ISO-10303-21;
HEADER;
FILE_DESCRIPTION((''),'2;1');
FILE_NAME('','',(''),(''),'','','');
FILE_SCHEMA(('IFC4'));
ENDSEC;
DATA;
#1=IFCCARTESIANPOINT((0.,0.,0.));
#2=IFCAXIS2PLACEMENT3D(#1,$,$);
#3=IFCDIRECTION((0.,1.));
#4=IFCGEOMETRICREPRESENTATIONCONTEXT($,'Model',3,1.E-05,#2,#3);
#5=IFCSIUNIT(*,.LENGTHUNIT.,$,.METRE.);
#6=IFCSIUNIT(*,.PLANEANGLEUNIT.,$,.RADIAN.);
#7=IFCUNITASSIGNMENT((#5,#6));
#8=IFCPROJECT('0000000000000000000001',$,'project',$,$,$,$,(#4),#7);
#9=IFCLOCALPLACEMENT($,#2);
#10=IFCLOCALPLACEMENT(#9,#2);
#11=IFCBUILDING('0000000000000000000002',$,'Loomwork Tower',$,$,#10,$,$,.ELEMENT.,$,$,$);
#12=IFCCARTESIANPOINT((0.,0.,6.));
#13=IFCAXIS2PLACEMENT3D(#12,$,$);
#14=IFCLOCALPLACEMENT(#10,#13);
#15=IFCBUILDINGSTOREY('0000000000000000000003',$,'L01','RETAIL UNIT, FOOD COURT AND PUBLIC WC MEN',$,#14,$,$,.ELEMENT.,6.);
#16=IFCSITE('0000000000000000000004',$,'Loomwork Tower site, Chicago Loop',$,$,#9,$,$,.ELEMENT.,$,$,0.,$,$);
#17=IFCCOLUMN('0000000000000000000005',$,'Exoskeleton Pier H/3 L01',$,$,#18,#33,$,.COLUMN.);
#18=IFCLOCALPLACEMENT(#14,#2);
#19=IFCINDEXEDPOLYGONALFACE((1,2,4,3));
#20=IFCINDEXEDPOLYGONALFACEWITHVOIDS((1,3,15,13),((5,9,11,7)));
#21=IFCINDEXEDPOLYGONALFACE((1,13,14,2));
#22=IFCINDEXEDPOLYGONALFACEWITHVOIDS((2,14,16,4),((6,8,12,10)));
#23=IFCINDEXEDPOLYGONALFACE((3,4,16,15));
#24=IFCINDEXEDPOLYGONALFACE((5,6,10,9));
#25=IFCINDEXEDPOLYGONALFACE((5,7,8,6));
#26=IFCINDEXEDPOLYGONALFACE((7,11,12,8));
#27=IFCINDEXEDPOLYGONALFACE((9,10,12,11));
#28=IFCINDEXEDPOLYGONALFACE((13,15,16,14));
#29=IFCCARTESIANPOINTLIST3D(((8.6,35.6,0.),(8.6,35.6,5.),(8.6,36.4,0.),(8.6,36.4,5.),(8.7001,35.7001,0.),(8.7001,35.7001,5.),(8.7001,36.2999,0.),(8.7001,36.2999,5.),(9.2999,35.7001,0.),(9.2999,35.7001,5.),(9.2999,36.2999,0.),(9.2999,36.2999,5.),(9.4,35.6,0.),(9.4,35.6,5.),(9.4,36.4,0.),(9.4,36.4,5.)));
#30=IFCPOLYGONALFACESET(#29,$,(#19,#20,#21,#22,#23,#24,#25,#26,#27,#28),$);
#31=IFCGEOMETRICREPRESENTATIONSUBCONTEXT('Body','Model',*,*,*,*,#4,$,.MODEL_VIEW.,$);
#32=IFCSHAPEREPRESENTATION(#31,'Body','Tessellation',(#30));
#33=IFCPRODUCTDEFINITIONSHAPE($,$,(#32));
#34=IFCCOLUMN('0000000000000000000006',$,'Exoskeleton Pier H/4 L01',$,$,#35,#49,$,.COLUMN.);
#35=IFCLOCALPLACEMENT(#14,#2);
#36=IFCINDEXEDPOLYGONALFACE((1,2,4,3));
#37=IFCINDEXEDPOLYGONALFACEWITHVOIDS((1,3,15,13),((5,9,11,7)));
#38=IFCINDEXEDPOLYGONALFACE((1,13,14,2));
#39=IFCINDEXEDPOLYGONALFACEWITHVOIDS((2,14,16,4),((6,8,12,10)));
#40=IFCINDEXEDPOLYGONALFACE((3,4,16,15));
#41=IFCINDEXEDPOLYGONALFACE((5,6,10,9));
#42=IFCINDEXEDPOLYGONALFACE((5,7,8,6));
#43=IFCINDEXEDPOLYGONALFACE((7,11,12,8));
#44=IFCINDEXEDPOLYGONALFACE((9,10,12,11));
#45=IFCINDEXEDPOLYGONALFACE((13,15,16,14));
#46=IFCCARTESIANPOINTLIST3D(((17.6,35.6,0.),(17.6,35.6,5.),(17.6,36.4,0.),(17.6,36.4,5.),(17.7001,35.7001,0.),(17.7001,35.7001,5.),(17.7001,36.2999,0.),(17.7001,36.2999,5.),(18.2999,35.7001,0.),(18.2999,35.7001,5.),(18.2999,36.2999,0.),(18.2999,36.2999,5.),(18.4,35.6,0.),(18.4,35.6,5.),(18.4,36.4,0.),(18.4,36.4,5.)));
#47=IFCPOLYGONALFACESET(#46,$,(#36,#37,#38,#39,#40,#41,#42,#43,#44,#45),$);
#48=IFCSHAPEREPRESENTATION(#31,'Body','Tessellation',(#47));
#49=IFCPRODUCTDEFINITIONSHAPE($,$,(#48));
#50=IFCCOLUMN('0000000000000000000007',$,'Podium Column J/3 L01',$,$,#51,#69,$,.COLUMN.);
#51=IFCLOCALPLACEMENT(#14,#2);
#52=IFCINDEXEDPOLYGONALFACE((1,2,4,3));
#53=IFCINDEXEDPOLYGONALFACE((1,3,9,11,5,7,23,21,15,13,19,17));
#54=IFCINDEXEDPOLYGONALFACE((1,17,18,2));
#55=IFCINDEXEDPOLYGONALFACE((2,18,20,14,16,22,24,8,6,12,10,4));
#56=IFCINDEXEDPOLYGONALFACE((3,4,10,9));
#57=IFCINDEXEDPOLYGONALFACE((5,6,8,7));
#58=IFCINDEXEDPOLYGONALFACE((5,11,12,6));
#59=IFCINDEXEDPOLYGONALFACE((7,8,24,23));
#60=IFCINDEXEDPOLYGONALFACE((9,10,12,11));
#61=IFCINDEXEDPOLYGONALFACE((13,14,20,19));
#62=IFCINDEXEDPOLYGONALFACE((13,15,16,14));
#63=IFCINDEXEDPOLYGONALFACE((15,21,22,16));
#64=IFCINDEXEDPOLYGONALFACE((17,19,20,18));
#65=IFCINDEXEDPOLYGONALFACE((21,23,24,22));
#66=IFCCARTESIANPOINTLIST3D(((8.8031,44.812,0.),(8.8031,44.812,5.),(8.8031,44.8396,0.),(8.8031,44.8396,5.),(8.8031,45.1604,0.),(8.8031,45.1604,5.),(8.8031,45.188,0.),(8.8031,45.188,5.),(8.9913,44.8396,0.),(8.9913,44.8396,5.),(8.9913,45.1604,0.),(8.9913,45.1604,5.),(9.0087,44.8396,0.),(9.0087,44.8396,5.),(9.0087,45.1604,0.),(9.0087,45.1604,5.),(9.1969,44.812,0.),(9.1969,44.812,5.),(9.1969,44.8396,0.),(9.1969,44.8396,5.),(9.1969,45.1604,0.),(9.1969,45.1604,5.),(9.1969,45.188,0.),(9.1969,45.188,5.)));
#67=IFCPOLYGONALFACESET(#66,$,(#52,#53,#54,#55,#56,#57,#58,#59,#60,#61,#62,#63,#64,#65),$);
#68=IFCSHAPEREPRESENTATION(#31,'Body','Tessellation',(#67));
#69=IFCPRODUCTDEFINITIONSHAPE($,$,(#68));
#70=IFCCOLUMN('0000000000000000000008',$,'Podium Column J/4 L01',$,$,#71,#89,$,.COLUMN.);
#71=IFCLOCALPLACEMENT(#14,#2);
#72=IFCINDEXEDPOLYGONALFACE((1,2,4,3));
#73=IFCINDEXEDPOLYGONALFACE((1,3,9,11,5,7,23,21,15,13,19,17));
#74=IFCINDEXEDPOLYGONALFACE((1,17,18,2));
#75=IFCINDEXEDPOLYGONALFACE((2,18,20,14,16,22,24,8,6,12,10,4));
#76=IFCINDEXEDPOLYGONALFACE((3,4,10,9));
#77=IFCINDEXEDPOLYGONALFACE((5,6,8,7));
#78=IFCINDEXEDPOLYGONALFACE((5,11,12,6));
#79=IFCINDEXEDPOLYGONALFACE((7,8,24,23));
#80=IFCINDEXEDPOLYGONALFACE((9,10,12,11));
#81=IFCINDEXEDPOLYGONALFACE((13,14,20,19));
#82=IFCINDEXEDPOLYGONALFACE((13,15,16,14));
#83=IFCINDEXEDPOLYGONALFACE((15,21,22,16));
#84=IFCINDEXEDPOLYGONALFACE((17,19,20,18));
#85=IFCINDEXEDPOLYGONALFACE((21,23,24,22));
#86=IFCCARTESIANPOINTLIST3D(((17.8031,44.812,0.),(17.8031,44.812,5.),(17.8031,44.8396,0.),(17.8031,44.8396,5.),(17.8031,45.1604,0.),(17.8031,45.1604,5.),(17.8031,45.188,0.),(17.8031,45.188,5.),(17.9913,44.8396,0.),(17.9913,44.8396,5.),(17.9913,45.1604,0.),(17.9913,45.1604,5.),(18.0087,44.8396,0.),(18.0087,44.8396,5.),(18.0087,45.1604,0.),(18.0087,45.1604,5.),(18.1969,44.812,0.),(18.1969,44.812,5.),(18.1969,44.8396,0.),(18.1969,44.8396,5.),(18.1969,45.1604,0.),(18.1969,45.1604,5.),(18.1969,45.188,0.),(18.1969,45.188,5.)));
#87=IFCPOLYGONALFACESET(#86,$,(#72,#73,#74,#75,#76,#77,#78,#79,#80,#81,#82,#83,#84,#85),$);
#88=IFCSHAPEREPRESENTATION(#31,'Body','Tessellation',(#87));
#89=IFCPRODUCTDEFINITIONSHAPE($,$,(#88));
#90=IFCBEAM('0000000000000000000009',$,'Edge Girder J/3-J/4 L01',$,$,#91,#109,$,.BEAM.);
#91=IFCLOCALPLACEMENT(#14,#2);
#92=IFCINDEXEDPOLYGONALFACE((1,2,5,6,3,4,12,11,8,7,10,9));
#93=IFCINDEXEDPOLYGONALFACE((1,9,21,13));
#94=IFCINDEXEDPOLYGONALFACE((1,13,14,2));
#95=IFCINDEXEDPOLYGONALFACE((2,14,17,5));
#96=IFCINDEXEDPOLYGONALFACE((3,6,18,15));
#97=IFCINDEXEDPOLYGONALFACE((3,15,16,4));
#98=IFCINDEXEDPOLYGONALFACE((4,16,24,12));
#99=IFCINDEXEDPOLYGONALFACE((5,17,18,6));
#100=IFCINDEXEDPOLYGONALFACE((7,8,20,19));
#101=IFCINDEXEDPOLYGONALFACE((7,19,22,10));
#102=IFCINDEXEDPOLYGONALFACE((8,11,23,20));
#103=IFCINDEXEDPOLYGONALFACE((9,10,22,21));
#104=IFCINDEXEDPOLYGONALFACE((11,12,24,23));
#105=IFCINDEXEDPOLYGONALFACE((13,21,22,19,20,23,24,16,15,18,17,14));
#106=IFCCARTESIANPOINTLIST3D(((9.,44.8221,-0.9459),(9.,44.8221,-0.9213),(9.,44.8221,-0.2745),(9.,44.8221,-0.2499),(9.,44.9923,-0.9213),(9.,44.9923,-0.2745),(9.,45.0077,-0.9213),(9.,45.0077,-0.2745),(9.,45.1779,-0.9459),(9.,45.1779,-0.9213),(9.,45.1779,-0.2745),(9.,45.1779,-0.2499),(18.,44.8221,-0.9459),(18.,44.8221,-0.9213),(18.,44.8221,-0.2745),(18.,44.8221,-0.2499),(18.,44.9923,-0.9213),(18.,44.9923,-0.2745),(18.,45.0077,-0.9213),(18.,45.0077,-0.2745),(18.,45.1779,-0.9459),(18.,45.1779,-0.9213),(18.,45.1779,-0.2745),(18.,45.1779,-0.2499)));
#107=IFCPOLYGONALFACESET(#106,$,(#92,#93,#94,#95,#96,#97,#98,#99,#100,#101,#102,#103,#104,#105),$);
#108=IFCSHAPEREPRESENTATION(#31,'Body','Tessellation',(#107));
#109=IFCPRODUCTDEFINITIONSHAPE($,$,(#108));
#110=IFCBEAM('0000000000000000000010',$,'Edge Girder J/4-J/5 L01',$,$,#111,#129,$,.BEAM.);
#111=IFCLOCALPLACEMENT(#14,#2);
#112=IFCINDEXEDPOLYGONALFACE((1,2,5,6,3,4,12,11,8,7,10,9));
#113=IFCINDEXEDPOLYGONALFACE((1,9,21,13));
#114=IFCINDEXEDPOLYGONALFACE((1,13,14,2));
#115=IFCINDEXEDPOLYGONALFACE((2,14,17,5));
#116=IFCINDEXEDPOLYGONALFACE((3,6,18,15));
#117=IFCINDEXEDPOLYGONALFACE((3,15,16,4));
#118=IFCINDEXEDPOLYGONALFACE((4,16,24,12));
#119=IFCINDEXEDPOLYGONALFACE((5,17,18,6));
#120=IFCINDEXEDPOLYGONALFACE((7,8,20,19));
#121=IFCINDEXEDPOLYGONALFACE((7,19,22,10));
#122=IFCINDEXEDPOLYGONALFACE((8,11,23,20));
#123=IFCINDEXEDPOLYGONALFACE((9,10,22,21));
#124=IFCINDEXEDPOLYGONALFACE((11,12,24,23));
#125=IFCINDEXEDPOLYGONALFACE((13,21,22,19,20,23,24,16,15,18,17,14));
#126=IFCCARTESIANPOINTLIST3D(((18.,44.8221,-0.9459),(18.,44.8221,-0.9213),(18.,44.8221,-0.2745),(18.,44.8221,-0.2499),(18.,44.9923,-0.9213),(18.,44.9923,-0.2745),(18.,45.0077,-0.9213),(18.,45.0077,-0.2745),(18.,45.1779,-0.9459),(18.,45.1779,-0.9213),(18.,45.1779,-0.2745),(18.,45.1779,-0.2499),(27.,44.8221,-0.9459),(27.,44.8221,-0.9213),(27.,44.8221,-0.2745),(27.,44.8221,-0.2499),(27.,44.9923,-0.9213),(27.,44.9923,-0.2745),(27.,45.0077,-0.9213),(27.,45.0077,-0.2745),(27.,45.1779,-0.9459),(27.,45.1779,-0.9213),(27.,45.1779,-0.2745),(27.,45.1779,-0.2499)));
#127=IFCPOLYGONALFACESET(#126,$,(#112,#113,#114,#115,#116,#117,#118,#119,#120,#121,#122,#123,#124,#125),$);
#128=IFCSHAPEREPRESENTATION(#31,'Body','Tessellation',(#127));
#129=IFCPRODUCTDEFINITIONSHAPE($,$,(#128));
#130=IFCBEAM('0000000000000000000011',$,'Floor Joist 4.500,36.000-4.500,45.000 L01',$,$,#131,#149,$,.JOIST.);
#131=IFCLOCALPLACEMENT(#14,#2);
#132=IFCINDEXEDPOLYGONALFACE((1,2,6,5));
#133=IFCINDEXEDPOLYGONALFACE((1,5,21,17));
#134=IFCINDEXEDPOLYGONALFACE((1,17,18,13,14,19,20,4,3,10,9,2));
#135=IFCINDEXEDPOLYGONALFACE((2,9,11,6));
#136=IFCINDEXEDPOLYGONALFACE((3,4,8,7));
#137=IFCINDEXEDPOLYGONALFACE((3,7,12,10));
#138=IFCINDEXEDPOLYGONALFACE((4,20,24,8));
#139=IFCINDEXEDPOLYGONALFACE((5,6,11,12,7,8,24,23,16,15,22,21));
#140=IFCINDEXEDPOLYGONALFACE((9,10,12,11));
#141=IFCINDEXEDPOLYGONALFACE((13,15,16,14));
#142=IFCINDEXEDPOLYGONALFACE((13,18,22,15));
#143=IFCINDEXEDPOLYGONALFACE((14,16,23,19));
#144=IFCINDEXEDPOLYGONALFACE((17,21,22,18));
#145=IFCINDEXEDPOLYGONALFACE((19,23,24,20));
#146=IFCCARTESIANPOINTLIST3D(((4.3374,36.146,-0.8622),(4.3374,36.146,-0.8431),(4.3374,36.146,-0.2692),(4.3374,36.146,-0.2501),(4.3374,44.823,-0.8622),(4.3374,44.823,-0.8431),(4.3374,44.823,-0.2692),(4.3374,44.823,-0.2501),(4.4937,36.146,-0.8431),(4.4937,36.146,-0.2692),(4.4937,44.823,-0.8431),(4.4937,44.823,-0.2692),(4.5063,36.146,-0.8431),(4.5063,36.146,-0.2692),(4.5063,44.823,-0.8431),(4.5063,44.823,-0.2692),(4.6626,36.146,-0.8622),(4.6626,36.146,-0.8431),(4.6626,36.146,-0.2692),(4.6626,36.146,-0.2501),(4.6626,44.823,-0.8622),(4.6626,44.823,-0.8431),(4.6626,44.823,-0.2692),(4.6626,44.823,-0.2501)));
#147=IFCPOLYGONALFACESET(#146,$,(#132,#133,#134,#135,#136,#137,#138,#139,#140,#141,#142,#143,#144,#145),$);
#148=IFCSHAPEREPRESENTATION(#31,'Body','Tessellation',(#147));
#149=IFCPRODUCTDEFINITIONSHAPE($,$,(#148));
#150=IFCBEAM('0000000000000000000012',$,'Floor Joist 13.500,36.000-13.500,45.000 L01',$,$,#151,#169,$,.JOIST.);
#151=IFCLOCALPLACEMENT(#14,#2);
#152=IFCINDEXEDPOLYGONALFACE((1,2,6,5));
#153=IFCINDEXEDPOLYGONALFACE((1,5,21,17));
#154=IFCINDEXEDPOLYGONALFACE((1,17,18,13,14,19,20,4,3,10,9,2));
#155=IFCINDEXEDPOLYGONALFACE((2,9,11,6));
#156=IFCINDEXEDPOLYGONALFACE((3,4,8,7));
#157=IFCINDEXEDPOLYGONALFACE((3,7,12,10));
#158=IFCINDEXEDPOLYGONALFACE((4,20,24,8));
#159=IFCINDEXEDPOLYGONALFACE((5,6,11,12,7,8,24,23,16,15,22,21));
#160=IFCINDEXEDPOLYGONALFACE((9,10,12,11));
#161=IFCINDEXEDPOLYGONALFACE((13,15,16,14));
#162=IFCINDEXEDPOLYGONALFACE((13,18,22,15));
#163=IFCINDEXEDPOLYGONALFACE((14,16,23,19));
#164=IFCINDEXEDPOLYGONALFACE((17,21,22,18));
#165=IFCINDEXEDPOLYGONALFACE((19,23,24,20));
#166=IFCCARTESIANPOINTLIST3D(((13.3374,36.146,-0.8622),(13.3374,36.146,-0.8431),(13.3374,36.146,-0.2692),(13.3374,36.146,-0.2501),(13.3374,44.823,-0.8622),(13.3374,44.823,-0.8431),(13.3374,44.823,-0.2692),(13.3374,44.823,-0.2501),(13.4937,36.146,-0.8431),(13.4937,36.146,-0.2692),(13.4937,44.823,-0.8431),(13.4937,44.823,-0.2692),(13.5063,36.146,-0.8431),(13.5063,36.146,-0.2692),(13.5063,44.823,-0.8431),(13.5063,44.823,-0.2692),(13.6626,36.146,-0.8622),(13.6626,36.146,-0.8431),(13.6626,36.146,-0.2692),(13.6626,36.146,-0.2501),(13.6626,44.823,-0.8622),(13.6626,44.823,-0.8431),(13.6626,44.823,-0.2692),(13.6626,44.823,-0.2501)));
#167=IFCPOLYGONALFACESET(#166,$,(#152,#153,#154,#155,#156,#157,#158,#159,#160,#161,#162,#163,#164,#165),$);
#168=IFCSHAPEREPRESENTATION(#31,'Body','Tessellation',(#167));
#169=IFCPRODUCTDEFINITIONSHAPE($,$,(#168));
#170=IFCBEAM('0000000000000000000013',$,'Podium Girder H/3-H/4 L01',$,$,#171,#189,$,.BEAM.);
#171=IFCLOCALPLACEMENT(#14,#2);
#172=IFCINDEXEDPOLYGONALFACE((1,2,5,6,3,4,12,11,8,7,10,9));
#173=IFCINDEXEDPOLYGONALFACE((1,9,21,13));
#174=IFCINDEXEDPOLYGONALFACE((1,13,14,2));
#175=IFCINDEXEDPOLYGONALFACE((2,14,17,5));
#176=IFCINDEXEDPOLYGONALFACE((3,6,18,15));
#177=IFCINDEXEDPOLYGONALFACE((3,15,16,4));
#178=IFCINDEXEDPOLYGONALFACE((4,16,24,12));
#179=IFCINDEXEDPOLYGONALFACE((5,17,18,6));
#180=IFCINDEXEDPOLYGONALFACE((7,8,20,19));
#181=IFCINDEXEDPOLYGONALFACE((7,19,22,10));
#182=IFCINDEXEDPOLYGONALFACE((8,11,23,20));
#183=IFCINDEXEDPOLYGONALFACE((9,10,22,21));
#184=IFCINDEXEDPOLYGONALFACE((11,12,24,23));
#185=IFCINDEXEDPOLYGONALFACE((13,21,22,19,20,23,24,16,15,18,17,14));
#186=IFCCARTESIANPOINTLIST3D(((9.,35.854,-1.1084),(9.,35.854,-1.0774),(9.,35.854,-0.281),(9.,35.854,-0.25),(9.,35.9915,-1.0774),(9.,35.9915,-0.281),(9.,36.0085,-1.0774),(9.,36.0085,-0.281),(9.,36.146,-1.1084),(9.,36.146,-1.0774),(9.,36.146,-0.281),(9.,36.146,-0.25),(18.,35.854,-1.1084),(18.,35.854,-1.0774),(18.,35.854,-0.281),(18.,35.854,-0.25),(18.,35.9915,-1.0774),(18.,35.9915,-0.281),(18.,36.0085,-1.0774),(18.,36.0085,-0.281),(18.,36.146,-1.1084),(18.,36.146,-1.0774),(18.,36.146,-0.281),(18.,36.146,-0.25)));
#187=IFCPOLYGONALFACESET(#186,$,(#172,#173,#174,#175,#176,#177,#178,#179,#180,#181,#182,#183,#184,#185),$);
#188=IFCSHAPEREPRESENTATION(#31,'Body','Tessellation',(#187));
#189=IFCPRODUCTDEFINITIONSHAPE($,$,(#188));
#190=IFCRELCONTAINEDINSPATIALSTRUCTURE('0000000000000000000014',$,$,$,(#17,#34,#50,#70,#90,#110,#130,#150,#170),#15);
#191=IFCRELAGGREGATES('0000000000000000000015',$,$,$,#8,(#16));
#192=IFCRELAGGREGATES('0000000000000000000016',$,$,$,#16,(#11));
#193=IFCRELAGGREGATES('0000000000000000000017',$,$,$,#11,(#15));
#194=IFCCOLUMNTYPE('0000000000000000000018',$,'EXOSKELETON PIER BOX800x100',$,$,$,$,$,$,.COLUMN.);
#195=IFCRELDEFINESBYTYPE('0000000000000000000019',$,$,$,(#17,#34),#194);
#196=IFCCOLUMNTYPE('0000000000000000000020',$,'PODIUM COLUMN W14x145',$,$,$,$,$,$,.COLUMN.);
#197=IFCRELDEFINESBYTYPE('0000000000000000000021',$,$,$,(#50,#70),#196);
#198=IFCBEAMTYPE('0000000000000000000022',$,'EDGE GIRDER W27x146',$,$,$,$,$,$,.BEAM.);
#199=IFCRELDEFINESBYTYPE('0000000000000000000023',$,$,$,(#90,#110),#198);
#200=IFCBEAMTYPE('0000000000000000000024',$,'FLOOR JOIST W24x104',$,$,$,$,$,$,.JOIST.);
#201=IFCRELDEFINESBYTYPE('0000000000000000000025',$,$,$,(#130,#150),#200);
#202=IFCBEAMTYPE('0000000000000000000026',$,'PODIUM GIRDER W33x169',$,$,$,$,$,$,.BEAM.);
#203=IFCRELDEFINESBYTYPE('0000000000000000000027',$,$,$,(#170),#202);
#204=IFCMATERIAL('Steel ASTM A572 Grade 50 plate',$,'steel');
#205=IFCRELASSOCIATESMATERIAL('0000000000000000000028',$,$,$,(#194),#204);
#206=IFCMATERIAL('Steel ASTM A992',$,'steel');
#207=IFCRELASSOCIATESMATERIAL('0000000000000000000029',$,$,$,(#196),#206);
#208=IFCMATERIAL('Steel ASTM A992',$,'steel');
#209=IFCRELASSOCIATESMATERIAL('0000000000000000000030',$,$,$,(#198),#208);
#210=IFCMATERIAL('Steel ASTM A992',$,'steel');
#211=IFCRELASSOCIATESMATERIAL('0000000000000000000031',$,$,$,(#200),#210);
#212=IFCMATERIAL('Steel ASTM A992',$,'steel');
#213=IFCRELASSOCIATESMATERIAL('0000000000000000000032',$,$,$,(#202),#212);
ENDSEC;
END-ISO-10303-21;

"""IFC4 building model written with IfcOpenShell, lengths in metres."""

from ifc_helpers import new_model, si_unit, direction, frame, origin, origin_2d, place, context, subcontext, project, spatial, hollow_rectangle, i_section, extrude, material, material_profile, profile_set, type_object, element, save


model = new_model("IFC4")

# Units and contexts
model_context = context("Model", 3, precision=1e-05, world=origin(), true_north=direction((0.0, 1.0)))
body_context = subcontext(model_context, "Body", "Model", "MODEL_VIEW")
ifc_project = project(units=[si_unit("LENGTHUNIT", "METRE"), si_unit("PLANEANGLEUNIT", "RADIAN")], contexts=[model_context])

# Site, building, storey
site_placement = place(None, origin())
site = spatial("IfcSite", under=ifc_project, at=site_placement, Name="Loomwork Tower site, Chicago Loop", CompositionType="ELEMENT", RefElevation=0.0)
building_placement = place(site_placement, origin())
building = spatial("IfcBuilding", under=site, at=building_placement, Name="Loomwork Tower", CompositionType="ELEMENT")
storey_placement = place(building_placement, frame((0.0, 0.0, 6.0)))
storey = spatial("IfcBuildingStorey", under=building, at=storey_placement, Name="L01", Description="RETAIL UNIT, FOOD COURT AND PUBLIC WC MEN", CompositionType="ELEMENT", Elevation=6.0)

# Columns
ifc_material_1 = material(Name="Steel ASTM A572 Grade 50 plate", Category="steel")
ifc_material_profile_1 = material_profile(ifc_material_1, hollow_rectangle(XDim=0.8, YDim=0.8, WallThickness=0.1001, at=origin_2d()), Name="BOX800x100")
ifc_profile_set_1 = profile_set([ifc_material_profile_1], Name="Steel ASTM A572 Grade 50 plate")
column_type_1 = type_object("IfcColumnType", Name="EXOSKELETON PIER BOX800x100", PredefinedType="COLUMN", material=ifc_profile_set_1)
for number, where, z_axis, x_axis, name in (
    (1, (9.0, 36.0, 0.0), (0.0, 0.0, 1.0), (1.0, 0.0, 0.0), "Exoskeleton Pier H/3 L01"),
    (2, (18.0, 36.0, 0.0), (0.0, 0.0, 1.0), (1.0, 0.0, 0.0), "Exoskeleton Pier H/4 L01"),
):
    element("IfcColumn", number, at=place(storey_placement, frame(where, z_axis=z_axis, x_axis=x_axis)), inside=storey, type_object=column_type_1, Name=name, PredefinedType="COLUMN", context=body_context, shape_type="SweptSolid", body=[
        extrude(hollow_rectangle(XDim=0.8, YDim=0.8, WallThickness=0.1001, at=origin_2d()), origin(), (0.0, 0.0, 1.0), 5.0),
    ])
ifc_material_2 = material(Name="Steel ASTM A992", Category="steel")
ifc_material_profile_2 = material_profile(ifc_material_2, i_section(OverallWidth=0.3938, OverallDepth=0.376, WebThickness=0.0173, FlangeThickness=0.0276, at=origin_2d()), Name="W14x145")
ifc_profile_set_2 = profile_set([ifc_material_profile_2], Name="Steel ASTM A992")
column_type_2 = type_object("IfcColumnType", Name="PODIUM COLUMN W14x145", PredefinedType="COLUMN", material=ifc_profile_set_2)
for number, where, z_axis, x_axis, name in (
    (3, (9.0, 45.0, 0.0), (0.0, 0.0, 1.0), (1.0, 0.0, 0.0), "Podium Column J/3 L01"),
    (4, (18.0, 45.0, 0.0), (0.0, 0.0, 1.0), (1.0, 0.0, 0.0), "Podium Column J/4 L01"),
):
    element("IfcColumn", number, at=place(storey_placement, frame(where, z_axis=z_axis, x_axis=x_axis)), inside=storey, type_object=column_type_2, Name=name, PredefinedType="COLUMN", context=body_context, shape_type="SweptSolid", body=[
        extrude(i_section(OverallWidth=0.3938, OverallDepth=0.376, WebThickness=0.0173, FlangeThickness=0.0276, at=origin_2d()), origin(), (0.0, 0.0, 1.0), 5.0),
    ])

# Beams
ifc_material_3 = material(Name="Steel ASTM A992", Category="steel")
ifc_material_profile_3 = material_profile(ifc_material_3, i_section(OverallWidth=0.3557, OverallDepth=0.696, WebThickness=0.0154, FlangeThickness=0.0247, at=origin_2d()), Name="W27x146")
ifc_profile_set_3 = profile_set([ifc_material_profile_3], Name="Steel ASTM A992")
beam_type_1 = type_object("IfcBeamType", Name="EDGE GIRDER W27x146", PredefinedType="BEAM", material=ifc_profile_set_3)
for number, where, z_axis, x_axis, name in (
    (5, (9.0, 45.0, -0.5979), (1.0, 0.0, 0.0), (0.0, 1.0, 0.0), "Edge Girder J/3-J/4 L01"),
    (6, (18.0, 45.0, -0.5979), (1.0, 0.0, 0.0), (0.0, 1.0, 0.0), "Edge Girder J/4-J/5 L01"),
):
    element("IfcBeam", number, at=place(storey_placement, frame(where, z_axis=z_axis, x_axis=x_axis)), inside=storey, type_object=beam_type_1, Name=name, PredefinedType="BEAM", context=body_context, shape_type="SweptSolid", body=[
        extrude(i_section(OverallWidth=0.3557, OverallDepth=0.696, WebThickness=0.0154, FlangeThickness=0.0247, at=origin_2d()), origin(), (0.0, 0.0, 1.0), 9.0),
    ])
ifc_material_4 = material(Name="Steel ASTM A992", Category="steel")
ifc_material_profile_4 = material_profile(ifc_material_4, i_section(OverallWidth=0.3252, OverallDepth=0.6121, WebThickness=0.0127, FlangeThickness=0.019, at=origin_2d()), Name="W24x104")
ifc_profile_set_4 = profile_set([ifc_material_profile_4], Name="Steel ASTM A992")
beam_type_2 = type_object("IfcBeamType", Name="FLOOR JOIST W24x104", PredefinedType="JOIST", material=ifc_profile_set_4)
for number, where, z_axis, x_axis, name in (
    (7, (4.5, 36.146, -0.5562), (0.0, 1.0, 0.0), (-1.0, 0.0, 0.0), "Floor Joist 4.500,36.000-4.500,45.000 L01"),
    (8, (13.5, 36.146, -0.5562), (0.0, 1.0, 0.0), (-1.0, 0.0, 0.0), "Floor Joist 13.500,36.000-13.500,45.000 L01"),
):
    element("IfcBeam", number, at=place(storey_placement, frame(where, z_axis=z_axis, x_axis=x_axis)), inside=storey, type_object=beam_type_2, Name=name, PredefinedType="JOIST", context=body_context, shape_type="SweptSolid", body=[
        extrude(i_section(OverallWidth=0.3252, OverallDepth=0.6121, WebThickness=0.0127, FlangeThickness=0.019, at=origin_2d()), origin(), (0.0, 0.0, 1.0), 8.677),
    ])
ifc_material_5 = material(Name="Steel ASTM A992", Category="steel")
ifc_material_profile_5 = material_profile(ifc_material_5, i_section(OverallWidth=0.292, OverallDepth=0.8584, WebThickness=0.0171, FlangeThickness=0.031, at=origin_2d()), Name="W33x169")
ifc_profile_set_5 = profile_set([ifc_material_profile_5], Name="Steel ASTM A992")
beam_type_3 = type_object("IfcBeamType", Name="PODIUM GIRDER W33x169", PredefinedType="BEAM", material=ifc_profile_set_5)
for number, where, z_axis, x_axis, name in (
    (9, (9.0, 36.0, -0.6792), (1.0, 0.0, 0.0), (0.0, 1.0, 0.0), "Podium Girder H/3-H/4 L01"),
):
    element("IfcBeam", number, at=place(storey_placement, frame(where, z_axis=z_axis, x_axis=x_axis)), inside=storey, type_object=beam_type_3, Name=name, PredefinedType="BEAM", context=body_context, shape_type="SweptSolid", body=[
        extrude(i_section(OverallWidth=0.292, OverallDepth=0.8584, WebThickness=0.0171, FlangeThickness=0.031, at=origin_2d()), origin(), (0.0, 0.0, 1.0), 9.0),
    ])

save(model, "model.ifc")
